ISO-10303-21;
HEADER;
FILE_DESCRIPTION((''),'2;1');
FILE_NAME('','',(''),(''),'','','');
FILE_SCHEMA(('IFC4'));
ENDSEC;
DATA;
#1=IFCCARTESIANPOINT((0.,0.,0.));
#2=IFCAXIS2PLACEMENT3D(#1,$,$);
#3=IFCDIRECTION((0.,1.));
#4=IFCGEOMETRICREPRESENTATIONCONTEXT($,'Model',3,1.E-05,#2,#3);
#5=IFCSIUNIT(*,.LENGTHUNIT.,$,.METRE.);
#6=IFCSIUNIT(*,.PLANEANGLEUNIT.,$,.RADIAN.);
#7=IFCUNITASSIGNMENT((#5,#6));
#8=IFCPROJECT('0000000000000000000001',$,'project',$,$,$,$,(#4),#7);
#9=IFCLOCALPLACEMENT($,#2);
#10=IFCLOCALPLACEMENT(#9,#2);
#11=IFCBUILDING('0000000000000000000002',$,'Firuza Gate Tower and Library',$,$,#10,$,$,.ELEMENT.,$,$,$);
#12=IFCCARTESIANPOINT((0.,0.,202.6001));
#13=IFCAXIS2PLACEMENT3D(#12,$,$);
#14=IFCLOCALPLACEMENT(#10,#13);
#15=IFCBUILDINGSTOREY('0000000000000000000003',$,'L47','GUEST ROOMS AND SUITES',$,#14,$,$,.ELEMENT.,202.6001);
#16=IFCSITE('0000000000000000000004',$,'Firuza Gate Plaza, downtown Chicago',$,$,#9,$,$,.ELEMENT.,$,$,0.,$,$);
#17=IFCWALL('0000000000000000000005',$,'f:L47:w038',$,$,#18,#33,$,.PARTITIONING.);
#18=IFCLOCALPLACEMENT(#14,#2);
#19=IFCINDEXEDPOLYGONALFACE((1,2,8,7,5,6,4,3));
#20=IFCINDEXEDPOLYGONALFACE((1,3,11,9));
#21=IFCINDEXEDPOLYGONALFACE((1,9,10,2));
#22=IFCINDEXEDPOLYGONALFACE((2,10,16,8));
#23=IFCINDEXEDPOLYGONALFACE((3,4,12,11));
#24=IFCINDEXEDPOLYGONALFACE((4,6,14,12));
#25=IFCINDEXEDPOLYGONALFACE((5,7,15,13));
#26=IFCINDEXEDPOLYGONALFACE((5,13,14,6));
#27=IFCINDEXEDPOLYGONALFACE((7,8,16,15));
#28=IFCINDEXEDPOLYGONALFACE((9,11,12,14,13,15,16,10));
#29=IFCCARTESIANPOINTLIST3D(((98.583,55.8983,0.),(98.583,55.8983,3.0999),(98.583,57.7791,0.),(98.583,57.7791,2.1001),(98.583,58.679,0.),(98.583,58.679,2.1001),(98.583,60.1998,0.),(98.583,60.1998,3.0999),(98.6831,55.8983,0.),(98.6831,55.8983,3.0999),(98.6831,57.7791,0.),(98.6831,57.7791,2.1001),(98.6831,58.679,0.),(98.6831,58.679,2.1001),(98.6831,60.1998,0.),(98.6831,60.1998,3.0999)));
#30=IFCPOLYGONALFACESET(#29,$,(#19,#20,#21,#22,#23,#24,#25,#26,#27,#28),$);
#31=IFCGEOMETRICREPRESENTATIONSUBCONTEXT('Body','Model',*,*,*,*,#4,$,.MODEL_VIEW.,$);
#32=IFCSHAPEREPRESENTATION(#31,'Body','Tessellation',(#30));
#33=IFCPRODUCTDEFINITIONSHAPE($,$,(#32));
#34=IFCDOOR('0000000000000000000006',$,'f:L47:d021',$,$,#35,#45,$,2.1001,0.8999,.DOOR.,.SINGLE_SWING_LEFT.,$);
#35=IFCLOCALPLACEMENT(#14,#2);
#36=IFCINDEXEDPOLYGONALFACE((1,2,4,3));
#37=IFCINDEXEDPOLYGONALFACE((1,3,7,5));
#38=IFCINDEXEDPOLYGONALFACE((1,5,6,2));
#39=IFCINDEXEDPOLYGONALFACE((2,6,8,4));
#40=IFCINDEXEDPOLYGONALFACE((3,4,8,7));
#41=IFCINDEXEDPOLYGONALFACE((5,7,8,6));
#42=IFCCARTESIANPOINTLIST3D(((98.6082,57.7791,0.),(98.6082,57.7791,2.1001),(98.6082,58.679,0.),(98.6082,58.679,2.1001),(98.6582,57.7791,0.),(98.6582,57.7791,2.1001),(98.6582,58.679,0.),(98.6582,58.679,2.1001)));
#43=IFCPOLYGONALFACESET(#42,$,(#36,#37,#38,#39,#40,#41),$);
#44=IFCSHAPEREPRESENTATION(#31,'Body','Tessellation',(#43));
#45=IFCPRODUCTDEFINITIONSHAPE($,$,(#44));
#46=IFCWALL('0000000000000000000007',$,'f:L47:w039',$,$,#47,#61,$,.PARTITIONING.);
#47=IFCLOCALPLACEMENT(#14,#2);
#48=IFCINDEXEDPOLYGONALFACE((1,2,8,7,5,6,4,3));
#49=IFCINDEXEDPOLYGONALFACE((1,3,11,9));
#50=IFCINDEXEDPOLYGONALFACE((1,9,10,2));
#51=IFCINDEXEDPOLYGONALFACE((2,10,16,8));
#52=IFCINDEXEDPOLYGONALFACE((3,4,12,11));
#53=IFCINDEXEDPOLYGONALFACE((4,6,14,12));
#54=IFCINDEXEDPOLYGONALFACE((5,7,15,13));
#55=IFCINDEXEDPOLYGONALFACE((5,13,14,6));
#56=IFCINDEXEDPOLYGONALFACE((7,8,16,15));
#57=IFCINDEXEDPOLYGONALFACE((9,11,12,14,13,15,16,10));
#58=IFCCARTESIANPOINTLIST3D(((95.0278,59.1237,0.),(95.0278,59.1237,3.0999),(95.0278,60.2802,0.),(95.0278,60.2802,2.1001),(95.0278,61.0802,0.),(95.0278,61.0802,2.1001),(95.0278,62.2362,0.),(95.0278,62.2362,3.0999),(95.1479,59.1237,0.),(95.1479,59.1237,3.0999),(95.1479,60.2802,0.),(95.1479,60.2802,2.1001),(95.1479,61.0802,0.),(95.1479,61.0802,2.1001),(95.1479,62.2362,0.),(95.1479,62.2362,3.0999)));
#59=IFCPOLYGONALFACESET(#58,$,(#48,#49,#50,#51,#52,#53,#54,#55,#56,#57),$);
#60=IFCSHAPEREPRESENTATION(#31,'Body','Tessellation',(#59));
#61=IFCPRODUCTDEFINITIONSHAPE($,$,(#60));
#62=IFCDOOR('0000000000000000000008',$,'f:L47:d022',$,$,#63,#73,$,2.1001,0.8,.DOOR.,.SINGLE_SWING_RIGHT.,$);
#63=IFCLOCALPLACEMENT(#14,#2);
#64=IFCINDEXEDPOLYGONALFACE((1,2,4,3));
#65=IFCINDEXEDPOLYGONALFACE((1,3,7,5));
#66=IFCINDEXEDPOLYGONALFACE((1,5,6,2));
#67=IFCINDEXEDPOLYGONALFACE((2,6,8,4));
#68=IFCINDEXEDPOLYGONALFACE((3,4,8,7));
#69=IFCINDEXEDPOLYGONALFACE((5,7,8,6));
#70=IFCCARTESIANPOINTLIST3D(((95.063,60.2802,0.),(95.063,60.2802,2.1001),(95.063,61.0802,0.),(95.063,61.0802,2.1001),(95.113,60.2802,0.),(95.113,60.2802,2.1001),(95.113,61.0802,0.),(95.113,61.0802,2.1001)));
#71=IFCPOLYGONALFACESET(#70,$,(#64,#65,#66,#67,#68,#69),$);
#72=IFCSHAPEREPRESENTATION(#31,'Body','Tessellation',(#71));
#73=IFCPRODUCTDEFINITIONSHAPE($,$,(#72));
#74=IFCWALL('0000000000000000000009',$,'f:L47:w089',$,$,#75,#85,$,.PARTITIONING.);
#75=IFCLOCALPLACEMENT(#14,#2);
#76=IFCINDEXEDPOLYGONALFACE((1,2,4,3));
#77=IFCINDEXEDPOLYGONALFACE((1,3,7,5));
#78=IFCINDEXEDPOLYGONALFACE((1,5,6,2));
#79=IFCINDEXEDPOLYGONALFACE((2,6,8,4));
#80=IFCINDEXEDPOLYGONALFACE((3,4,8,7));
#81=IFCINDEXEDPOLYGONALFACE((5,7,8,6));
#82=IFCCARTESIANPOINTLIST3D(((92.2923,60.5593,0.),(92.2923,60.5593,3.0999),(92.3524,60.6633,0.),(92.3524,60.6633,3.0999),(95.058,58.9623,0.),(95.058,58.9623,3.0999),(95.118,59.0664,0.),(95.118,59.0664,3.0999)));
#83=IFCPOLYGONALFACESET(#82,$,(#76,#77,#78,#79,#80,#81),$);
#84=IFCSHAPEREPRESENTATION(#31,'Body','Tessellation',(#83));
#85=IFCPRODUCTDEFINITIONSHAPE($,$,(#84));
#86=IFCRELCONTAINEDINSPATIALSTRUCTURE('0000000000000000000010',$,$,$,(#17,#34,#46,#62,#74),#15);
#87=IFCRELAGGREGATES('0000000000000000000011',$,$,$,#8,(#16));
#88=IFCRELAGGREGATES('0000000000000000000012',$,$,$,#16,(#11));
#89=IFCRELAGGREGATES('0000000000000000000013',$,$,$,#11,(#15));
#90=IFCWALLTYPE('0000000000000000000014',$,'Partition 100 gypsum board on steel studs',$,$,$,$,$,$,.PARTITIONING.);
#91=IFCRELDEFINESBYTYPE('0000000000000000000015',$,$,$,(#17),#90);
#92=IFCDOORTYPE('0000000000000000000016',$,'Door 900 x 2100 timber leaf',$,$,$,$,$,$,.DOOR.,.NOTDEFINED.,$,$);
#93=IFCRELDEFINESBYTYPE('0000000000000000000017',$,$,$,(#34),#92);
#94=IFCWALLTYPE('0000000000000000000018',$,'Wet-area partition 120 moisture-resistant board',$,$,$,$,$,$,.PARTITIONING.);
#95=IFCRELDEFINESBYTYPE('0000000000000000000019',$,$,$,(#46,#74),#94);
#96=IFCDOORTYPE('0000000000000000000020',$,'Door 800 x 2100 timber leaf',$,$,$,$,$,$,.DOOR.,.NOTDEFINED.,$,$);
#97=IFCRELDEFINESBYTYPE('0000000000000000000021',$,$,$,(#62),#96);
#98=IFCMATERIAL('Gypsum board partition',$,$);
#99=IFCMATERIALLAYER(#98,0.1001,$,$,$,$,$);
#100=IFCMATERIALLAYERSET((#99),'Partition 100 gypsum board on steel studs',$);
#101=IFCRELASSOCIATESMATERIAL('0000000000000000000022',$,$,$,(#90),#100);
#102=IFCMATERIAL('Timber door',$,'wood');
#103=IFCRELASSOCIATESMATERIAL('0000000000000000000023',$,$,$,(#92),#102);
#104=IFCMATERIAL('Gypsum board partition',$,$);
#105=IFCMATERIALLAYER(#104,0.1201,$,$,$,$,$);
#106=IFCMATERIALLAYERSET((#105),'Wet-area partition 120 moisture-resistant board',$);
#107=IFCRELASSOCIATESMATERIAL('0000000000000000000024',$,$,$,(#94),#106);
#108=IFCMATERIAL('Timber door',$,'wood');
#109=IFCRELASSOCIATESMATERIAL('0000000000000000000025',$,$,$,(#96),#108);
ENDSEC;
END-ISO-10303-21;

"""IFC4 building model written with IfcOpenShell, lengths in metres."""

from ifc_helpers import new_model, si_unit, direction, frame, frame_2d, origin, place, context, subcontext, project, spatial, rectangle, extrude, material, layer, layer_set, type_object, element, fill, save


model = new_model("IFC4")

# Units and contexts
model_context = context("Model", 3, precision=1e-05, world=origin(), true_north=direction((0.0, 1.0)))
body_context = subcontext(model_context, "Body", "Model", "MODEL_VIEW")
ifc_project = project(units=[si_unit("LENGTHUNIT", "METRE"), si_unit("PLANEANGLEUNIT", "RADIAN")], contexts=[model_context])

# Site, building, storey
site_placement = place(None, origin())
site = spatial("IfcSite", under=ifc_project, at=site_placement, Name="Firuza Gate Plaza, downtown Chicago", CompositionType="ELEMENT", RefElevation=0.0)
building_placement = place(site_placement, origin())
building = spatial("IfcBuilding", under=site, at=building_placement, Name="Firuza Gate Tower and Library", CompositionType="ELEMENT")
storey_placement = place(building_placement, frame((0.0, 0.0, 202.6001)))
storey = spatial("IfcBuildingStorey", under=building, at=storey_placement, Name="L47", Description="GUEST ROOMS AND SUITES", CompositionType="ELEMENT", Elevation=202.6001)

# Walls, openings, doors
ifc_material_1 = material(Name="Gypsum board partition")
ifc_layer_1 = layer(ifc_material_1, 0.1001)
ifc_layer_set_1 = layer_set([ifc_layer_1], Name="Partition 100 gypsum board on steel studs")
wall_type_1 = type_object("IfcWallType", Name="Partition 100 gypsum board on steel studs", PredefinedType="PARTITIONING", material=ifc_layer_set_1)
wall_1_placement = place(storey_placement, frame((98.6331, 55.8982, 0.0), z_axis=(0.0, 0.0, 1.0), x_axis=(0.0, 1.0, 0.0)))
wall_1 = element("IfcWall", 1, at=wall_1_placement, inside=storey, type_object=wall_type_1, Name="f:L47:w038", PredefinedType="PARTITIONING", context=body_context, shape_type="SweptSolid", body=[
    extrude(rectangle(XDim=4.3015, YDim=0.1001, at=frame_2d((2.1509, 0.0))), origin(), (0.0, 0.0, 1.0), 3.0999),
])
opening_1_placement = place(wall_1_placement, frame((1.8809, 0.0, 0.0)))
opening_1 = element("IfcOpeningElement", 2, at=opening_1_placement, cuts=wall_1, PredefinedType="OPENING", context=body_context, shape_type="SweptSolid", body=[
    extrude(rectangle(XDim=0.8999, YDim=2.1001, at=frame_2d((0.45, 1.05))), frame((0.0, 0.0601, 0.0), z_axis=(0.0, -1.0, 0.0), x_axis=(1.0, 0.0, 0.0)), (0.0, 0.0, 1.0), 0.1201),
])
ifc_material_2 = material(Name="Timber door", Category="wood")
door_type_1 = type_object("IfcDoorType", Name="Door 900 x 2100 timber leaf", OperationType="NOTDEFINED", PredefinedType="DOOR", material=ifc_material_2)
door_1_placement = place(opening_1_placement, origin())
door_1 = element("IfcDoor", 3, at=door_1_placement, inside=storey, type_object=door_type_1, Name="f:L47:d021", OperationType="SINGLE_SWING_LEFT", OverallHeight=2.1001, OverallWidth=0.8999, PredefinedType="DOOR", context=body_context, shape_type="SweptSolid", body=[
    extrude(rectangle(XDim=0.8999, YDim=2.1001, at=frame_2d((0.45, 1.05))), frame((0.0, 0.0249, 0.0), z_axis=(0.0, -1.0, 0.0), x_axis=(1.0, 0.0, 0.0)), (0.0, 0.0, 1.0), 0.05),
])
fill(opening_1, door_1)
ifc_material_3 = material(Name="Gypsum board partition")
ifc_layer_2 = layer(ifc_material_3, 0.1201)
ifc_layer_set_2 = layer_set([ifc_layer_2], Name="Wet-area partition 120 moisture-resistant board")
wall_type_2 = type_object("IfcWallType", Name="Wet-area partition 120 moisture-resistant board", PredefinedType="PARTITIONING", material=ifc_layer_set_2)
wall_2_placement = place(storey_placement, frame((95.0879, 59.1238, 0.0), z_axis=(0.0, 0.0, 1.0), x_axis=(0.0, 1.0, 0.0)))
wall_2 = element("IfcWall", 4, at=wall_2_placement, inside=storey, type_object=wall_type_2, Name="f:L47:w039", PredefinedType="PARTITIONING", context=body_context, shape_type="SweptSolid", body=[
    extrude(rectangle(XDim=3.1125, YDim=0.1201, at=frame_2d((1.5562, 0.0))), origin(), (0.0, 0.0, 1.0), 3.0999),
])
opening_2_placement = place(wall_2_placement, frame((1.1565, 0.0, 0.0)))
opening_2 = element("IfcOpeningElement", 5, at=opening_2_placement, cuts=wall_2, PredefinedType="OPENING", context=body_context, shape_type="SweptSolid", body=[
    extrude(rectangle(XDim=0.8, YDim=2.1001, at=frame_2d((0.3999, 1.05))), frame((0.0, 0.0701, 0.0), z_axis=(0.0, -1.0, 0.0), x_axis=(1.0, 0.0, 0.0)), (0.0, 0.0, 1.0), 0.1401),
])
ifc_material_4 = material(Name="Timber door", Category="wood")
door_type_2 = type_object("IfcDoorType", Name="Door 800 x 2100 timber leaf", OperationType="NOTDEFINED", PredefinedType="DOOR", material=ifc_material_4)
door_2_placement = place(opening_2_placement, origin())
door_2 = element("IfcDoor", 6, at=door_2_placement, inside=storey, type_object=door_type_2, Name="f:L47:d022", OperationType="SINGLE_SWING_RIGHT", OverallHeight=2.1001, OverallWidth=0.8, PredefinedType="DOOR", context=body_context, shape_type="SweptSolid", body=[
    extrude(rectangle(XDim=0.8, YDim=2.1001, at=frame_2d((0.3999, 1.05))), frame((0.0, 0.0249, 0.0), z_axis=(0.0, -1.0, 0.0), x_axis=(1.0, 0.0, 0.0)), (0.0, 0.0, 1.0), 0.05),
])
fill(opening_2, door_2)

# Wall
wall_3_placement = place(storey_placement, frame((95.0879, 59.0144, 0.0), z_axis=(0.0, 0.0, 1.0), x_axis=(-0.866, 0.500045, 0.0)))
element("IfcWall", 7, at=wall_3_placement, inside=storey, type_object=wall_type_2, Name="f:L47:w089", PredefinedType="PARTITIONING", context=body_context, shape_type="SweptSolid", body=[
    extrude(rectangle(XDim=3.1936, YDim=0.1201, at=frame_2d((1.5967, 0.0))), origin(), (0.0, 0.0, 1.0), 3.0999),
])

save(model, "model.ifc")
